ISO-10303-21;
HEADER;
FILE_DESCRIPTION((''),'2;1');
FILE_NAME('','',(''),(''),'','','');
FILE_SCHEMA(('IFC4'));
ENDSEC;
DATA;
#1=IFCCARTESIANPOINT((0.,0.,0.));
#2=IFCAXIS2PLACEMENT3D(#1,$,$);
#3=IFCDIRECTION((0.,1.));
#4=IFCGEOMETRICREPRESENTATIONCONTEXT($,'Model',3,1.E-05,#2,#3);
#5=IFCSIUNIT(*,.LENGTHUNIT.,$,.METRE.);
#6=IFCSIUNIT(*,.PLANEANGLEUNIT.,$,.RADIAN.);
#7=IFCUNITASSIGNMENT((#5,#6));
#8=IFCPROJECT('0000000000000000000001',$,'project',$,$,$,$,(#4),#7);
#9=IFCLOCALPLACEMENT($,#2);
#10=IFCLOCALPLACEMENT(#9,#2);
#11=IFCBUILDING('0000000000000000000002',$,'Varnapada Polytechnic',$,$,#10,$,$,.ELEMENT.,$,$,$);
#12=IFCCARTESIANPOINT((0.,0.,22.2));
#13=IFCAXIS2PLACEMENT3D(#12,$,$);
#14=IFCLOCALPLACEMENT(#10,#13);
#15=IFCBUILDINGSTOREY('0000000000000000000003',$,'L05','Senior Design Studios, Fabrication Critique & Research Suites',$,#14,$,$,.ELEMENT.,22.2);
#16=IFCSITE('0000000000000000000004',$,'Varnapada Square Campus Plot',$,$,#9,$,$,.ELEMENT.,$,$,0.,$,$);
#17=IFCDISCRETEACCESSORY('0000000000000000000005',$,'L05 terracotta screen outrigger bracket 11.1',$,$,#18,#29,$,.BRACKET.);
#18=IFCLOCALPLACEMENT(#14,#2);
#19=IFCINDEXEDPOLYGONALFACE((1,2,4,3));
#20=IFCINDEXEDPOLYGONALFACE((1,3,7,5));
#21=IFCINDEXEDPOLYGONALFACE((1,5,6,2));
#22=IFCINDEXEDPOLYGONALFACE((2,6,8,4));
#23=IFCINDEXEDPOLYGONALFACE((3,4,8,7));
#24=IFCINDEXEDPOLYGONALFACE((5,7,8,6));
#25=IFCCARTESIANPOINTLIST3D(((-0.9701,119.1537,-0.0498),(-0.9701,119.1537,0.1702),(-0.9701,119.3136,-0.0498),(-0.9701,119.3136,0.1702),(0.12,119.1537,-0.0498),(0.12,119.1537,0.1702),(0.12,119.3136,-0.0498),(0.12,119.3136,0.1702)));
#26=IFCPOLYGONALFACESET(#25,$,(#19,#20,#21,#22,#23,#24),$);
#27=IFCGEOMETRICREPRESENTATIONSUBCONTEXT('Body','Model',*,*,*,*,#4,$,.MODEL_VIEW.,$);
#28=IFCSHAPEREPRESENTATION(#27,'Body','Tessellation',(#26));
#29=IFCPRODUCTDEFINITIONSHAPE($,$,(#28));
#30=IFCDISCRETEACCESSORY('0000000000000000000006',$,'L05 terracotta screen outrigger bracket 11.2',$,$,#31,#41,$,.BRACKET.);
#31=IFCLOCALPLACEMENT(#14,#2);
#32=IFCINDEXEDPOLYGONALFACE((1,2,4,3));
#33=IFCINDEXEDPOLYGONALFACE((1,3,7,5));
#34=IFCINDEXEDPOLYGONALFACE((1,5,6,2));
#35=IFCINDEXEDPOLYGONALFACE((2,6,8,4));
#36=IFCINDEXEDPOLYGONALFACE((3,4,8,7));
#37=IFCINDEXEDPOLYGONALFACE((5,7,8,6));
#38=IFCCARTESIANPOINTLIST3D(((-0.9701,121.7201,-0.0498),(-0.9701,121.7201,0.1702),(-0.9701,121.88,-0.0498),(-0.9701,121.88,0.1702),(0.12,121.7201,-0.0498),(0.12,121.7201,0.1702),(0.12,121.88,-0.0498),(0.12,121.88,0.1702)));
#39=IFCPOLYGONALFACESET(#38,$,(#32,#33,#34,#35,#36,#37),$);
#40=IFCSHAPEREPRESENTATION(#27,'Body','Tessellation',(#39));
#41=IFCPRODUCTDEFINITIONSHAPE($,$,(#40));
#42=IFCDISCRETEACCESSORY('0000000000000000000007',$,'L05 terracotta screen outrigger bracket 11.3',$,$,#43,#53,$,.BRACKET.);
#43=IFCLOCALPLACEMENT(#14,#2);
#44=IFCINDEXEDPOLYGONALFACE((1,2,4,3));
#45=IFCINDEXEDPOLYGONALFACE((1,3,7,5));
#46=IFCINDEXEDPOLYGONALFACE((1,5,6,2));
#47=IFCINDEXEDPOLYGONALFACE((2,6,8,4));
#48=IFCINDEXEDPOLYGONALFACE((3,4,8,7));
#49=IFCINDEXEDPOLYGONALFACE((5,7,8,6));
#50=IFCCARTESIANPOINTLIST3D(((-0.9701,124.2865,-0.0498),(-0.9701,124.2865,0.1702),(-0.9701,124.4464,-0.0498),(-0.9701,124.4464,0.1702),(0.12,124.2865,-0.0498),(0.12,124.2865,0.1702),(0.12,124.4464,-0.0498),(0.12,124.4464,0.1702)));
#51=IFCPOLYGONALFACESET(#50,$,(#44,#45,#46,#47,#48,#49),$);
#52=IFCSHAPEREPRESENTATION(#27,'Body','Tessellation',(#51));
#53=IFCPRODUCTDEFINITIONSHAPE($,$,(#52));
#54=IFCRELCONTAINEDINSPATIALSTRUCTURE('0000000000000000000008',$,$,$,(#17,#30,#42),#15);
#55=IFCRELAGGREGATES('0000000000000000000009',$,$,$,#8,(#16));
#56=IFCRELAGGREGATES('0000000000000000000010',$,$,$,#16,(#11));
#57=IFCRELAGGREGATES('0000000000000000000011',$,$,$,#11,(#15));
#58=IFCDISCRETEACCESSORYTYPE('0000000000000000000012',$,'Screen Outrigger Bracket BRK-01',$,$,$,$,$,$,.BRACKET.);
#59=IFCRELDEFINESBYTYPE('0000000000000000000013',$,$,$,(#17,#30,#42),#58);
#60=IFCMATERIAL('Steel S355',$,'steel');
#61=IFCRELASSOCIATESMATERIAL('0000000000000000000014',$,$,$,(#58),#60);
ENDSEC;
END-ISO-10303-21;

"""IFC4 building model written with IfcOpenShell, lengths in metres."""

from ifc_helpers import new_model, si_unit, direction, frame, origin, origin_2d, place, context, subcontext, project, spatial, rectangle, extrude, material, type_object, element, save


model = new_model("IFC4")

# Units and contexts
model_context = context("Model", 3, precision=1e-05, world=origin(), true_north=direction((0.0, 1.0)))
body_context = subcontext(model_context, "Body", "Model", "MODEL_VIEW")
ifc_project = project(units=[si_unit("LENGTHUNIT", "METRE"), si_unit("PLANEANGLEUNIT", "RADIAN")], contexts=[model_context])

# Site, building, storey
site_placement = place(None, origin())
site = spatial("IfcSite", under=ifc_project, at=site_placement, Name="Varnapada Square Campus Plot", CompositionType="ELEMENT", RefElevation=0.0)
building_placement = place(site_placement, origin())
building = spatial("IfcBuilding", under=site, at=building_placement, Name="Varnapada Polytechnic", CompositionType="ELEMENT")
storey_placement = place(building_placement, frame((0.0, 0.0, 22.2)))
storey = spatial("IfcBuildingStorey", under=building, at=storey_placement, Name="L05", Description="Senior Design Studios, Fabrication Critique & Research Suites", CompositionType="ELEMENT", Elevation=22.2)

# Discrete accessories
ifc_material_1 = material(Name="Steel S355", Category="steel")
discrete_accessory_type = type_object("IfcDiscreteAccessoryType", Name="Screen Outrigger Bracket BRK-01", PredefinedType="BRACKET", material=ifc_material_1)
for number, where, z_axis, x_axis, name in (
    (1, (-0.425, 119.2336, -0.0498), (0.0, 0.0, 1.0), (0.0, 1.0, 0.0), "L05 terracotta screen outrigger bracket 11.1"),
    (2, (-0.425, 121.8, -0.0498), (0.0, 0.0, 1.0), (0.0, 1.0, 0.0), "L05 terracotta screen outrigger bracket 11.2"),
    (3, (-0.425, 124.3665, -0.0498), (0.0, 0.0, 1.0), (0.0, 1.0, 0.0), "L05 terracotta screen outrigger bracket 11.3"),
):
    element("IfcDiscreteAccessory", number, at=place(storey_placement, frame(where, z_axis=z_axis, x_axis=x_axis)), inside=storey, type_object=discrete_accessory_type, Name=name, PredefinedType="BRACKET", context=body_context, shape_type="SweptSolid", body=[
        extrude(rectangle(XDim=0.1599, YDim=1.0901, at=origin_2d()), origin(), (0.0, 0.0, 1.0), 0.22),
    ])

save(model, "model.ifc")
